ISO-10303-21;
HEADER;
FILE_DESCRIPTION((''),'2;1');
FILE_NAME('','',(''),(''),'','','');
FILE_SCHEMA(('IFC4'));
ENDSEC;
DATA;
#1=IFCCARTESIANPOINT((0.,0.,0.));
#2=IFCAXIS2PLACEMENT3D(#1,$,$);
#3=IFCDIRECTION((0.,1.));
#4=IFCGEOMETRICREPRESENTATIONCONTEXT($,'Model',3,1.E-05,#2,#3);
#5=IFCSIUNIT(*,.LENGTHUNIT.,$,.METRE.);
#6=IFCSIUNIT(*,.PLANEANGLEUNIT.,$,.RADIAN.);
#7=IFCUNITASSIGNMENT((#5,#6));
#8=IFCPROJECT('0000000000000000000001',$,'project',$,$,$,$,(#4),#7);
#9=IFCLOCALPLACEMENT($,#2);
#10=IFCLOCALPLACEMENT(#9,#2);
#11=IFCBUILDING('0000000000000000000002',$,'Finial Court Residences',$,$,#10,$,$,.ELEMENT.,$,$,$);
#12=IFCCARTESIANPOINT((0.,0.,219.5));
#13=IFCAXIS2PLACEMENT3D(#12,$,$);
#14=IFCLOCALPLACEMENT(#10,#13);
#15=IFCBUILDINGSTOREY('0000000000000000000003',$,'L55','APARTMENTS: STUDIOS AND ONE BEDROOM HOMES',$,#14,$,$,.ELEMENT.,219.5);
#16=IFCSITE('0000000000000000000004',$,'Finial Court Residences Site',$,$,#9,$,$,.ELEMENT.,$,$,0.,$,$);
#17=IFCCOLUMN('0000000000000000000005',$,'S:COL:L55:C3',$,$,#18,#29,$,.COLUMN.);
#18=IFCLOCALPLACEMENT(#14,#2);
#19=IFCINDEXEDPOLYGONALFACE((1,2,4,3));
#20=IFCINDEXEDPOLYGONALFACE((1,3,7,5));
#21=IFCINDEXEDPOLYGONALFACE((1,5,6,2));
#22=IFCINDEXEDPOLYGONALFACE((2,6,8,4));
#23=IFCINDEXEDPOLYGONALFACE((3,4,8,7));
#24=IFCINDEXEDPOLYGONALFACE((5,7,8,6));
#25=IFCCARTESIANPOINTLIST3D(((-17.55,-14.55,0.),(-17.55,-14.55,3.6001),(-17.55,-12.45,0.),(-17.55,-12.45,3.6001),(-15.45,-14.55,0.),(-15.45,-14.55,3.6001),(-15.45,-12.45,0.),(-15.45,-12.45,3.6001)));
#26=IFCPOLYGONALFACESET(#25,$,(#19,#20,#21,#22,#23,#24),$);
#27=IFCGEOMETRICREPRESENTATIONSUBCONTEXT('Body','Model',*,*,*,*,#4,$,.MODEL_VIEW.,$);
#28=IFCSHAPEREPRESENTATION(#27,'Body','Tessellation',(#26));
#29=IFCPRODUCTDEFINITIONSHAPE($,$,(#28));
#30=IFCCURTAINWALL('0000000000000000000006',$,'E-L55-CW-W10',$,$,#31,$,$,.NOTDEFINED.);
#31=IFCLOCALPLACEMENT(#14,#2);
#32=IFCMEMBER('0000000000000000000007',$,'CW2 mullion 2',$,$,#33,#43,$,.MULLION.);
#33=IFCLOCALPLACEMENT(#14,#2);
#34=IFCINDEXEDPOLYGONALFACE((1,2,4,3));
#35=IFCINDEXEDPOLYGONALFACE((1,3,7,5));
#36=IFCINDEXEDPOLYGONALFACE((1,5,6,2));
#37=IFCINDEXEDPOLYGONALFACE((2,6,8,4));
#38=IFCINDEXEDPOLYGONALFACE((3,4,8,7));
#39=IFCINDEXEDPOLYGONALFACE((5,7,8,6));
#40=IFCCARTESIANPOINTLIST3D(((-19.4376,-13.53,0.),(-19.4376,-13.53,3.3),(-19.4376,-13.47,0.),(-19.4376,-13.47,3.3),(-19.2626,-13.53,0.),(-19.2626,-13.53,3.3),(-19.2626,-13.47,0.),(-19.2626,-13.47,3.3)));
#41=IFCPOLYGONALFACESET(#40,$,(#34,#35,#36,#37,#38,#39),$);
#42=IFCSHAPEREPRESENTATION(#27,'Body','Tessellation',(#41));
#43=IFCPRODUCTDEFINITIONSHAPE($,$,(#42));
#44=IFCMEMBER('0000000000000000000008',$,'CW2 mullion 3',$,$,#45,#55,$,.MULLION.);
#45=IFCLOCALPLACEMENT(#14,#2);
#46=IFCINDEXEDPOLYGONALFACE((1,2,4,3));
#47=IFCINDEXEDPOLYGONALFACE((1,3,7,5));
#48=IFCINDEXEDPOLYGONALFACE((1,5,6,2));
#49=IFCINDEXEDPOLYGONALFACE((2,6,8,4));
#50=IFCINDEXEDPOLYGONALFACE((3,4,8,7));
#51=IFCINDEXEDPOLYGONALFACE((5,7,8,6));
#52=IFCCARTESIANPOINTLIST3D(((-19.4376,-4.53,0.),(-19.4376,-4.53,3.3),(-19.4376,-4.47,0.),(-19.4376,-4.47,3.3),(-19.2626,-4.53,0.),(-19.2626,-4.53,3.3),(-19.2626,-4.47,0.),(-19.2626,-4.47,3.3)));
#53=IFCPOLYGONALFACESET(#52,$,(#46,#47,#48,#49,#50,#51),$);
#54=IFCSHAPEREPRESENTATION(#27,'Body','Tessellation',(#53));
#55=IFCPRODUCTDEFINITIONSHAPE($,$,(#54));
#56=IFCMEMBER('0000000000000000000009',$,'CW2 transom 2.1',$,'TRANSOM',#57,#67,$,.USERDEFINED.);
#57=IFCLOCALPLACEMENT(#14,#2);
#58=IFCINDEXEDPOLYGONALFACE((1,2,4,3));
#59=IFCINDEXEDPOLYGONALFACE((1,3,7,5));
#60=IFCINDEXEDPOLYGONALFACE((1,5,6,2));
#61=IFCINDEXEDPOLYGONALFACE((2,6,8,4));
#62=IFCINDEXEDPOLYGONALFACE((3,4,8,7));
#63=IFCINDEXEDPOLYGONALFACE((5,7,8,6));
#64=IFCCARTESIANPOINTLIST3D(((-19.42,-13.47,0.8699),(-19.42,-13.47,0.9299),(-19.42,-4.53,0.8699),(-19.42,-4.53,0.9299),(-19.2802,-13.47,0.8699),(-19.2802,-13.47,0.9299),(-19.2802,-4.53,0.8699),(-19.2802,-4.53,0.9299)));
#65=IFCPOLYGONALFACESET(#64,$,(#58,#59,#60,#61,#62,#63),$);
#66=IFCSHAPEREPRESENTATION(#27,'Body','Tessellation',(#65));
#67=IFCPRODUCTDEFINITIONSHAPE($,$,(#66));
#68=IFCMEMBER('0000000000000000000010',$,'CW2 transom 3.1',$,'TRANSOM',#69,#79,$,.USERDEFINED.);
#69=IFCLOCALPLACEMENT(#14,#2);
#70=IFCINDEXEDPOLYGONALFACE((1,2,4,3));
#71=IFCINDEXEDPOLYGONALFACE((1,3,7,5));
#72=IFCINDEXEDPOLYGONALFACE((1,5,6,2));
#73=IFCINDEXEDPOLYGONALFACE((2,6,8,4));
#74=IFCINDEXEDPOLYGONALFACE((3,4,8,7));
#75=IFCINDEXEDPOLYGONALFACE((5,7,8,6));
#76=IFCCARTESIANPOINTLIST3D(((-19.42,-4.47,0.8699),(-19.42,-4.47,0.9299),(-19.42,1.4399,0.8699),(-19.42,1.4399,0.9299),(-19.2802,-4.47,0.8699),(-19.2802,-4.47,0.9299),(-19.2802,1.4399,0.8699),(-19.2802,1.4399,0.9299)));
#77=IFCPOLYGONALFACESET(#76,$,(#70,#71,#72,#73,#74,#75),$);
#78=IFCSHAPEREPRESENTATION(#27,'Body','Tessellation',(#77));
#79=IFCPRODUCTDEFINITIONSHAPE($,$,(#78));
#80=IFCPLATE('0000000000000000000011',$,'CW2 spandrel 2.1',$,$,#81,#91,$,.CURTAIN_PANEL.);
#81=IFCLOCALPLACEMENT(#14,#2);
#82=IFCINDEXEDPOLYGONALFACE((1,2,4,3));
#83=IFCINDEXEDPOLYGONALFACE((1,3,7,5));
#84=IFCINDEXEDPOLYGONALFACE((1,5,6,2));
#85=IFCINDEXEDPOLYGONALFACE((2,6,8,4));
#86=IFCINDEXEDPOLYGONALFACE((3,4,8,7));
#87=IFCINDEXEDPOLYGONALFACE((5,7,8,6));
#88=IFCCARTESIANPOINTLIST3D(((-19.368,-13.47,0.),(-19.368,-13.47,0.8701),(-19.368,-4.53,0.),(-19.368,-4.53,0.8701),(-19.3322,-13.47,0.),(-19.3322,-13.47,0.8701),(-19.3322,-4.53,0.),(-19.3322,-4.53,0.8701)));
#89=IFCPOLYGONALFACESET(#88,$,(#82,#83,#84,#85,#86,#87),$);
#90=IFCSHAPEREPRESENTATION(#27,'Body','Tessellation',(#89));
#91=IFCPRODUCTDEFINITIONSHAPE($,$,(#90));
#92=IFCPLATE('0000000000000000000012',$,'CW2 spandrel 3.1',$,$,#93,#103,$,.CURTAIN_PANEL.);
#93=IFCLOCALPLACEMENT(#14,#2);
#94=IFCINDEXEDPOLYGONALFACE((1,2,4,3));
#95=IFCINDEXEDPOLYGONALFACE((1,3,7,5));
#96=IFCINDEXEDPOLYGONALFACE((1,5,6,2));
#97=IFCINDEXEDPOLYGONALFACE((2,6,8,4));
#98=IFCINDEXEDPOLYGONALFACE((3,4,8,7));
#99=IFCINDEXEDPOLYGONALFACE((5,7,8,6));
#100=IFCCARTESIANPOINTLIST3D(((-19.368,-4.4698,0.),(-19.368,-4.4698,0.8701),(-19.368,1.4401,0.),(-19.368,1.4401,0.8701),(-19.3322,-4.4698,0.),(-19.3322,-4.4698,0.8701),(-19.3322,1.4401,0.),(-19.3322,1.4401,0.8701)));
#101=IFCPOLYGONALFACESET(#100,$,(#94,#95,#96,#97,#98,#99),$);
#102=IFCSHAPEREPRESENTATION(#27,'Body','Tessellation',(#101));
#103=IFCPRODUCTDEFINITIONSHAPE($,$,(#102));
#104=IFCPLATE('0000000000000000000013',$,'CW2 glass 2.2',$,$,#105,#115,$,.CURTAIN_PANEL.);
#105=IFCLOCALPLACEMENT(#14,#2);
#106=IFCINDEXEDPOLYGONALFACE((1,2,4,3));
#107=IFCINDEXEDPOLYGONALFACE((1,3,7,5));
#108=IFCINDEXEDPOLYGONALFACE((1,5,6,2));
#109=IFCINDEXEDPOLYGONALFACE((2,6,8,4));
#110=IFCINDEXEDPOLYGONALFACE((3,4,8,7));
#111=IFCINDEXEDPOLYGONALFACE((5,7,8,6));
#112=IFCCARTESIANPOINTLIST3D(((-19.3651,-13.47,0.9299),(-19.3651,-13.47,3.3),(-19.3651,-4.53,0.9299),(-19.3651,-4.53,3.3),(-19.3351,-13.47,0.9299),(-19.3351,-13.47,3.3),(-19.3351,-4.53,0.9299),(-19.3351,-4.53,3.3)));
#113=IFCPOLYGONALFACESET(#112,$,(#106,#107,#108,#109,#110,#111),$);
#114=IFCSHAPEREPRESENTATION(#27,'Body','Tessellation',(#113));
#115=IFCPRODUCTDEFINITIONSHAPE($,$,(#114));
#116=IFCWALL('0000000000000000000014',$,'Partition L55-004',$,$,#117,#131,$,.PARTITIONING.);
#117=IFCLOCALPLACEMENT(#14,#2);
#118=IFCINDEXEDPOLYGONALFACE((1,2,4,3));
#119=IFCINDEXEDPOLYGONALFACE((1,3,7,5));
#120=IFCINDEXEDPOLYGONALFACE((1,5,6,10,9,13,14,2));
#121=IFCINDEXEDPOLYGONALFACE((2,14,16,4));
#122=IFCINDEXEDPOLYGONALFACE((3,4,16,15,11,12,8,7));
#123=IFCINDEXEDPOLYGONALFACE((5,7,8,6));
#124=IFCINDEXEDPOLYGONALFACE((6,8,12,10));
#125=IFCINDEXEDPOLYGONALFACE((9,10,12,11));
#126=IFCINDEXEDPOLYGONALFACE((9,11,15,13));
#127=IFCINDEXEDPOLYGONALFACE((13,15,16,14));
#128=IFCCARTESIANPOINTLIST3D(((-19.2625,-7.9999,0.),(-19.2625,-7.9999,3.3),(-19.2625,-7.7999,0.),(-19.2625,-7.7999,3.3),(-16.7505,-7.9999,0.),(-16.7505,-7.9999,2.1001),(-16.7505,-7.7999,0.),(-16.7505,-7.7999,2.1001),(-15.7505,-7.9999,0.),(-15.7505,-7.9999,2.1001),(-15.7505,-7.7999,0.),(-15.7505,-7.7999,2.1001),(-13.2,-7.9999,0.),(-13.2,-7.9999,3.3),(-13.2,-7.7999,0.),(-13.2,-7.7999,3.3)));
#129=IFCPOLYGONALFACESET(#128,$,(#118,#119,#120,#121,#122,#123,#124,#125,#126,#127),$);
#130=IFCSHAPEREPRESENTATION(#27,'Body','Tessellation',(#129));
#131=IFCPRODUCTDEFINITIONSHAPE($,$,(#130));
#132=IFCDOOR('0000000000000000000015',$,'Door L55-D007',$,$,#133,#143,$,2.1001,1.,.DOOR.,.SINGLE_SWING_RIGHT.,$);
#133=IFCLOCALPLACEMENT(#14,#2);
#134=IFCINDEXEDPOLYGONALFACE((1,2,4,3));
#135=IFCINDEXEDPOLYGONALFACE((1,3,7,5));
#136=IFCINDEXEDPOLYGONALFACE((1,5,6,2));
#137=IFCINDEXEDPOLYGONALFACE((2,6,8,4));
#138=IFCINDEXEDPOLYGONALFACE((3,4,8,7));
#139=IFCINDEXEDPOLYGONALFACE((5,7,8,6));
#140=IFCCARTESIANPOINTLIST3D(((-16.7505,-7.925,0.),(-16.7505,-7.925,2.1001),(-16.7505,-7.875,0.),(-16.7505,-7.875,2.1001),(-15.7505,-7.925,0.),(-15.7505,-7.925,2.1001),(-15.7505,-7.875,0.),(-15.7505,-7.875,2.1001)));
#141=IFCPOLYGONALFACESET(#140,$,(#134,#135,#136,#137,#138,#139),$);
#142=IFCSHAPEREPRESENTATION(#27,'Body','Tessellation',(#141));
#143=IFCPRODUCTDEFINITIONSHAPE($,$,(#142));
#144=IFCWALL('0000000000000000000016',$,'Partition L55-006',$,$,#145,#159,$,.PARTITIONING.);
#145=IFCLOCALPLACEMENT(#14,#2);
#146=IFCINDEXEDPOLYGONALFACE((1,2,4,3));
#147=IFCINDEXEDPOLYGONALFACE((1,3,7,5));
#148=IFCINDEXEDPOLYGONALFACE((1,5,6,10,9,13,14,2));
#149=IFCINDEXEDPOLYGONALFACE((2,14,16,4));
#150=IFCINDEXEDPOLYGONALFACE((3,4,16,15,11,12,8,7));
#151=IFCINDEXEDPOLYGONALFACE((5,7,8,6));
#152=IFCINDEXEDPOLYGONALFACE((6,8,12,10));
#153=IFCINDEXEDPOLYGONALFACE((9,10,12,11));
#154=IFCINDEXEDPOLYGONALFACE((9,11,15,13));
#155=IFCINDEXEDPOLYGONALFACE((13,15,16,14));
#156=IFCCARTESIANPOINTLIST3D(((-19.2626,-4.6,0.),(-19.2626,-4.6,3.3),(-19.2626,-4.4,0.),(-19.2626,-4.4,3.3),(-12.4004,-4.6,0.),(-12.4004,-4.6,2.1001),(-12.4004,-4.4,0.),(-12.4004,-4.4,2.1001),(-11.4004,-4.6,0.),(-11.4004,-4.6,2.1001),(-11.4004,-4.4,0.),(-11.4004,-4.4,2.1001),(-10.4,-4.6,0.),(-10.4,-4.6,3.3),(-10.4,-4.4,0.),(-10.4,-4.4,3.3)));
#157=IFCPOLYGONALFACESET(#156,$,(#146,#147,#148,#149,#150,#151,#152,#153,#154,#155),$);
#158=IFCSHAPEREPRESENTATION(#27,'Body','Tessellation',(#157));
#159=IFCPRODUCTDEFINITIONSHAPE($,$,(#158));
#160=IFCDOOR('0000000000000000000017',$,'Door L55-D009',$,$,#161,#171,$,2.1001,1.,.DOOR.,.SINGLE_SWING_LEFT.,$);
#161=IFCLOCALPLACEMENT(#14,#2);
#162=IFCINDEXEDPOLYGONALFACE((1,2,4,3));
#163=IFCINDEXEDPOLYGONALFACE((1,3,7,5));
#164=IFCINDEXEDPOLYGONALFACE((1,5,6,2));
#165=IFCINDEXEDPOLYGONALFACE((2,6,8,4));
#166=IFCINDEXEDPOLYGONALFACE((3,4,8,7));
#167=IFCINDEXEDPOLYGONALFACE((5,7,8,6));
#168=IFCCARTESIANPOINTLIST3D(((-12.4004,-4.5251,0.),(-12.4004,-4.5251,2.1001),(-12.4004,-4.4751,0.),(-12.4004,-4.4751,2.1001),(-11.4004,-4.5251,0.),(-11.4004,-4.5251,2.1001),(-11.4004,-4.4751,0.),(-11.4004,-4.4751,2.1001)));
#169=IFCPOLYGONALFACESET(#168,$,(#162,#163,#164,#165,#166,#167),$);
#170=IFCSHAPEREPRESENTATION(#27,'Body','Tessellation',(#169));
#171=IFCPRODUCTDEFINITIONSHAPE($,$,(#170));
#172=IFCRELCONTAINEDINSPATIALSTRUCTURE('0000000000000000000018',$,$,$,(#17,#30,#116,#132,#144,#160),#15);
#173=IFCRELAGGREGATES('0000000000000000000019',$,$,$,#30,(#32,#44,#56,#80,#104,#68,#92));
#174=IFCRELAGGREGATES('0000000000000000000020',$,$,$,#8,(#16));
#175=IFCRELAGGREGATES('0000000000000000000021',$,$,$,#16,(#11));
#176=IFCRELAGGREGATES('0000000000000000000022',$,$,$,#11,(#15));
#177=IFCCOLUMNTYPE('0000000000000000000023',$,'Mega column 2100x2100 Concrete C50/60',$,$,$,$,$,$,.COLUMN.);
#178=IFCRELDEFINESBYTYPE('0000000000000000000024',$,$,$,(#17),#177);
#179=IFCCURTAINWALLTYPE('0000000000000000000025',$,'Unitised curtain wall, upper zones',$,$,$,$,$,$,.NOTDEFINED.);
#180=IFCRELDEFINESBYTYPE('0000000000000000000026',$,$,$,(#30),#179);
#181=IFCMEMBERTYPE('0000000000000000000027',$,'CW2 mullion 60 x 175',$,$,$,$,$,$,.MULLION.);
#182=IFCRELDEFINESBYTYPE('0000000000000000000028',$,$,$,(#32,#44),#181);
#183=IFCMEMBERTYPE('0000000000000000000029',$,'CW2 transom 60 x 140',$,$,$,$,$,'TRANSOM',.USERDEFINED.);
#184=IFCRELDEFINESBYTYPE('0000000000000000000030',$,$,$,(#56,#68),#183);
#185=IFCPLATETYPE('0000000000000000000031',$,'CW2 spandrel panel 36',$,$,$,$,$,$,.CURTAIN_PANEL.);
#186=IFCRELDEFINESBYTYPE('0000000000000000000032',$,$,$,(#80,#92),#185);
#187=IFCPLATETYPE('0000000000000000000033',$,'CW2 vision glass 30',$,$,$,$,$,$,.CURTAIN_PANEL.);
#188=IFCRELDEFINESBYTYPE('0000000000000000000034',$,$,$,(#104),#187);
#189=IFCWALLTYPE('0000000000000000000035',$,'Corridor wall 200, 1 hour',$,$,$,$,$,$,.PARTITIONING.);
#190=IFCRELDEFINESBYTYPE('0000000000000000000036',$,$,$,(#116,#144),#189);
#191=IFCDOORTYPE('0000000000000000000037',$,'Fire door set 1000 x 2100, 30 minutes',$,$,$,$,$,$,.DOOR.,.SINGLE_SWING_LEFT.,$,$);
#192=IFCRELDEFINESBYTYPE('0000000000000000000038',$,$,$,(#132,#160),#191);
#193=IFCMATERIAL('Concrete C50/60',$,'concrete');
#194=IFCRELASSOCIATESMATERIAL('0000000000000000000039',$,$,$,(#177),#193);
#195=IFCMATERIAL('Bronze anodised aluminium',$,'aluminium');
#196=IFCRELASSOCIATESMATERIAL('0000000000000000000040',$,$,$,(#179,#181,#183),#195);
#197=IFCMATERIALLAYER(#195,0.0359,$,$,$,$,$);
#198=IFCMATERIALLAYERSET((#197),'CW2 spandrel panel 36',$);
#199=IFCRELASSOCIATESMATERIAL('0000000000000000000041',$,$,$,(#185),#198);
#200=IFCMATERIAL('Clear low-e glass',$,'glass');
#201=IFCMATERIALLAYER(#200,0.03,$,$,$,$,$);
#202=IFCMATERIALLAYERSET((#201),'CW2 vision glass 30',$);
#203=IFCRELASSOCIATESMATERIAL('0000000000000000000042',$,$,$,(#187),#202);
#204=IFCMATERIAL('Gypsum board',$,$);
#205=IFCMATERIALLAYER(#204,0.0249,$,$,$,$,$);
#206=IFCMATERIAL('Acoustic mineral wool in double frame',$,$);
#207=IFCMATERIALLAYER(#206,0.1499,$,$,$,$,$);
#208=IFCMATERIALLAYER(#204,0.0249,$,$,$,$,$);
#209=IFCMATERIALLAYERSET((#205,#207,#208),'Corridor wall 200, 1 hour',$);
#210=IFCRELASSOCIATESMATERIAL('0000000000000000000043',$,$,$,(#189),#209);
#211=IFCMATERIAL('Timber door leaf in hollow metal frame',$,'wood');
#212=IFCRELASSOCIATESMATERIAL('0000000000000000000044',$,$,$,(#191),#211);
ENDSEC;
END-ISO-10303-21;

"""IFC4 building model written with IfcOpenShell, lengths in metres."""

from ifc_helpers import new_model, si_unit, direction, frame, frame_2d, origin, origin_2d, place, context, subcontext, project, spatial, rectangle, extrude, material, layer, layer_set, material_profile, profile_set, type_object, element, fill, aggregate, save


model = new_model("IFC4")

# Units and contexts
model_context = context("Model", 3, precision=1e-05, world=origin(), true_north=direction((0.0, 1.0)))
body_context = subcontext(model_context, "Body", "Model", "MODEL_VIEW")
ifc_project = project(units=[si_unit("LENGTHUNIT", "METRE"), si_unit("PLANEANGLEUNIT", "RADIAN")], contexts=[model_context])

# Site, building, storey
site_placement = place(None, origin())
site = spatial("IfcSite", under=ifc_project, at=site_placement, Name="Finial Court Residences Site", CompositionType="ELEMENT", RefElevation=0.0)
building_placement = place(site_placement, origin())
building = spatial("IfcBuilding", under=site, at=building_placement, Name="Finial Court Residences", CompositionType="ELEMENT")
storey_placement = place(building_placement, frame((0.0, 0.0, 219.5)))
storey = spatial("IfcBuildingStorey", under=building, at=storey_placement, Name="L55", Description="APARTMENTS: STUDIOS AND ONE BEDROOM HOMES", CompositionType="ELEMENT", Elevation=219.5)

# Column
ifc_material_1 = material(Name="Concrete C50/60", Category="concrete")
ifc_material_profile_1 = material_profile(ifc_material_1, rectangle(XDim=2.1001, YDim=2.1001, at=origin_2d()), Name="2100x2100")
ifc_profile_set_1 = profile_set([ifc_material_profile_1], Name="Concrete C50/60")
column_type = type_object("IfcColumnType", Name="Mega column 2100x2100 Concrete C50/60", PredefinedType="COLUMN", material=ifc_profile_set_1)
column_placement = place(storey_placement, frame((-16.5, -13.5, 0.0), z_axis=(0.0, 0.0, 1.0), x_axis=(1.0, 0.0, 0.0)))
element("IfcColumn", 1, at=column_placement, inside=storey, type_object=column_type, Name="S:COL:L55:C3", PredefinedType="COLUMN", context=body_context, shape_type="SweptSolid", body=[
    extrude(rectangle(XDim=2.1001, YDim=2.1001, at=origin_2d()), origin(), (0.0, 0.0, 1.0), 3.6001),
])

# Curtain wall, members, plates
ifc_material_2 = material(Name="Bronze anodised aluminium", Category="aluminium")
curtain_wall_type = type_object("IfcCurtainWallType", Name="Unitised curtain wall, upper zones", PredefinedType="NOTDEFINED", material=ifc_material_2)
curtain_wall_placement = place(storey_placement, origin())
curtain_wall = element("IfcCurtainWall", 2, at=curtain_wall_placement, inside=storey, type_object=curtain_wall_type, Name="E-L55-CW-W10", PredefinedType="NOTDEFINED")
ifc_material_profile_2 = material_profile(ifc_material_2, rectangle(XDim=0.175, YDim=0.0601, at=origin_2d()), Name="CW2 mullion 60 x 175")
ifc_profile_set_2 = profile_set([ifc_material_profile_2], Name="Bronze anodised aluminium")
member_type_1 = type_object("IfcMemberType", Name="CW2 mullion 60 x 175", PredefinedType="MULLION", material=ifc_profile_set_2)
member_1_placement = place(storey_placement, frame((-19.3501, -13.5, 0.0), z_axis=(0.0, 0.0, 1.0), x_axis=(-1.0, 0.0, 0.0)))
member_1 = element("IfcMember", 3, at=member_1_placement, type_object=member_type_1, Name="CW2 mullion 2", PredefinedType="MULLION", context=body_context, shape_type="SweptSolid", body=[
    extrude(rectangle(XDim=0.175, YDim=0.0601, at=origin_2d()), origin(), (0.0, 0.0, 1.0), 3.3),
])
member_2_placement = place(storey_placement, frame((-19.3501, -4.5, 0.0), z_axis=(0.0, 0.0, 1.0), x_axis=(-1.0, 0.0, 0.0)))
member_2 = element("IfcMember", 4, at=member_2_placement, type_object=member_type_1, Name="CW2 mullion 3", PredefinedType="MULLION", context=body_context, shape_type="SweptSolid", body=[
    extrude(rectangle(XDim=0.175, YDim=0.0601, at=origin_2d()), origin(), (0.0, 0.0, 1.0), 3.3),
])
ifc_material_profile_3 = material_profile(ifc_material_2, rectangle(XDim=0.1399, YDim=0.0601, at=origin_2d()), Name="CW2 transom 60 x 140")
ifc_profile_set_3 = profile_set([ifc_material_profile_3], Name="Bronze anodised aluminium")
member_type_2 = type_object("IfcMemberType", Name="CW2 transom 60 x 140", ElementType="TRANSOM", PredefinedType="USERDEFINED", material=ifc_profile_set_3)
member_3_placement = place(storey_placement, frame((-19.3501, -13.47, 0.8999), z_axis=(0.0, 1.0, 0.0), x_axis=(-1.0, 0.0, 0.0)))
member_3 = element("IfcMember", 5, at=member_3_placement, type_object=member_type_2, Name="CW2 transom 2.1", ObjectType="TRANSOM", PredefinedType="USERDEFINED", context=body_context, shape_type="SweptSolid", body=[
    extrude(rectangle(XDim=0.1399, YDim=0.0601, at=origin_2d()), origin(), (0.0, 0.0, 1.0), 8.9399),
])
member_4_placement = place(storey_placement, frame((-19.3501, -4.47, 0.8999), z_axis=(0.0, 1.0, 0.0), x_axis=(-1.0, 0.0, 0.0)))
member_4 = element("IfcMember", 6, at=member_4_placement, type_object=member_type_2, Name="CW2 transom 3.1", ObjectType="TRANSOM", PredefinedType="USERDEFINED", context=body_context, shape_type="SweptSolid", body=[
    extrude(rectangle(XDim=0.1399, YDim=0.0601, at=origin_2d()), origin(), (0.0, 0.0, 1.0), 5.9099),
])
ifc_layer_1 = layer(ifc_material_2, 0.0359)
ifc_layer_set_1 = layer_set([ifc_layer_1], Name="CW2 spandrel panel 36")
plate_type_1 = type_object("IfcPlateType", Name="CW2 spandrel panel 36", PredefinedType="CURTAIN_PANEL", material=ifc_layer_set_1)
plate_1_placement = place(storey_placement, frame((-19.3501, -9.0, 0.0), z_axis=(0.0, 0.0, 1.0), x_axis=(0.0, 1.0, 0.0)))
plate_1 = element("IfcPlate", 7, at=plate_1_placement, type_object=plate_type_1, Name="CW2 spandrel 2.1", PredefinedType="CURTAIN_PANEL", context=body_context, shape_type="SweptSolid", body=[
    extrude(rectangle(XDim=8.9399, YDim=0.0359, at=origin_2d()), origin(), (0.0, 0.0, 1.0), 0.8701),
])
plate_2_placement = place(storey_placement, frame((-19.3501, -1.5149, 0.0), z_axis=(0.0, 0.0, 1.0), x_axis=(0.0, 1.0, 0.0)))
plate_2 = element("IfcPlate", 8, at=plate_2_placement, type_object=plate_type_1, Name="CW2 spandrel 3.1", PredefinedType="CURTAIN_PANEL", context=body_context, shape_type="SweptSolid", body=[
    extrude(rectangle(XDim=5.9099, YDim=0.0359, at=origin_2d()), origin(), (0.0, 0.0, 1.0), 0.8701),
])
ifc_material_3 = material(Name="Clear low-e glass", Category="glass")
ifc_layer_2 = layer(ifc_material_3, 0.03)
ifc_layer_set_2 = layer_set([ifc_layer_2], Name="CW2 vision glass 30")
plate_type_2 = type_object("IfcPlateType", Name="CW2 vision glass 30", PredefinedType="CURTAIN_PANEL", material=ifc_layer_set_2)
plate_3_placement = place(storey_placement, frame((-19.3501, -9.0, 0.9299), z_axis=(0.0, 0.0, 1.0), x_axis=(0.0, 1.0, 0.0)))
plate_3 = element("IfcPlate", 9, at=plate_3_placement, type_object=plate_type_2, Name="CW2 glass 2.2", PredefinedType="CURTAIN_PANEL", context=body_context, shape_type="SweptSolid", body=[
    extrude(rectangle(XDim=8.9399, YDim=0.03, at=origin_2d()), origin(), (0.0, 0.0, 1.0), 2.3701),
])
aggregate(curtain_wall, [member_1, member_2, member_3, plate_1, plate_3, member_4, plate_2])

# Walls, openings, doors
ifc_material_4 = material(Name="Gypsum board")
ifc_layer_3 = layer(ifc_material_4, 0.0249)
ifc_material_5 = material(Name="Acoustic mineral wool in double frame")
ifc_layer_4 = layer(ifc_material_5, 0.1499)
ifc_layer_5 = layer(ifc_material_4, 0.0249)
ifc_layer_set_3 = layer_set([ifc_layer_3, ifc_layer_4, ifc_layer_5], Name="Corridor wall 200, 1 hour")
wall_type_1 = type_object("IfcWallType", Name="Corridor wall 200, 1 hour", PredefinedType="PARTITIONING", material=ifc_layer_set_3)
wall_1_placement = place(storey_placement, frame((-19.2625, -7.8999, 0.0), z_axis=(0.0, 0.0, 1.0), x_axis=(1.0, 0.0, 0.0)))
wall_1 = element("IfcWall", 10, at=wall_1_placement, inside=storey, type_object=wall_type_1, Name="Partition L55-004", PredefinedType="PARTITIONING", context=body_context, shape_type="SweptSolid", body=[
    extrude(rectangle(XDim=6.0625, YDim=0.2, at=frame_2d((3.0312, 0.0))), origin(), (0.0, 0.0, 1.0), 3.3),
])
opening_1_placement = place(wall_1_placement, frame((2.512, 0.0, 0.0)))
opening_1 = element("IfcOpeningElement", 11, at=opening_1_placement, cuts=wall_1, PredefinedType="OPENING", context=body_context, shape_type="SweptSolid", body=[
    extrude(rectangle(XDim=1.0, YDim=2.1001, at=frame_2d((0.5, 1.05))), frame((0.0, 0.1099, 0.0), z_axis=(0.0, -1.0, 0.0), x_axis=(1.0, 0.0, 0.0)), (0.0, 0.0, 1.0), 0.22),
])
ifc_material_6 = material(Name="Timber door leaf in hollow metal frame", Category="wood")
door_type_1 = type_object("IfcDoorType", Name="Fire door set 1000 x 2100, 30 minutes", OperationType="SINGLE_SWING_LEFT", PredefinedType="DOOR", material=ifc_material_6)
door_1_placement = place(opening_1_placement, origin())
door_1 = element("IfcDoor", 12, at=door_1_placement, inside=storey, type_object=door_type_1, Name="Door L55-D007", OperationType="SINGLE_SWING_RIGHT", OverallHeight=2.1001, OverallWidth=1.0, PredefinedType="DOOR", context=body_context, shape_type="SweptSolid", body=[
    extrude(rectangle(XDim=1.0, YDim=2.1001, at=frame_2d((0.5, 1.05))), frame((0.0, 0.0249, 0.0), z_axis=(0.0, -1.0, 0.0), x_axis=(1.0, 0.0, 0.0)), (0.0, 0.0, 1.0), 0.05),
])
fill(opening_1, door_1)
wall_2_placement = place(storey_placement, frame((-19.2625, -4.5, 0.0), z_axis=(0.0, 0.0, 1.0), x_axis=(1.0, 0.0, 0.0)))
wall_2 = element("IfcWall", 13, at=wall_2_placement, inside=storey, type_object=wall_type_1, Name="Partition L55-006", PredefinedType="PARTITIONING", context=body_context, shape_type="SweptSolid", body=[
    extrude(rectangle(XDim=8.8625, YDim=0.2, at=frame_2d((4.4312, 0.0))), origin(), (0.0, 0.0, 1.0), 3.3),
])
opening_2_placement = place(wall_2_placement, frame((6.8621, 0.0, 0.0)))
opening_2 = element("IfcOpeningElement", 14, at=opening_2_placement, cuts=wall_2, PredefinedType="OPENING", context=body_context, shape_type="SweptSolid", body=[
    extrude(rectangle(XDim=1.0, YDim=2.1001, at=frame_2d((0.5, 1.05))), frame((0.0, 0.1099, 0.0), z_axis=(0.0, -1.0, 0.0), x_axis=(1.0, 0.0, 0.0)), (0.0, 0.0, 1.0), 0.22),
])
door_2_placement = place(opening_2_placement, origin())
door_2 = element("IfcDoor", 15, at=door_2_placement, inside=storey, type_object=door_type_1, Name="Door L55-D009", OperationType="SINGLE_SWING_LEFT", OverallHeight=2.1001, OverallWidth=1.0, PredefinedType="DOOR", context=body_context, shape_type="SweptSolid", body=[
    extrude(rectangle(XDim=1.0, YDim=2.1001, at=frame_2d((0.5, 1.05))), frame((0.0, 0.0249, 0.0), z_axis=(0.0, -1.0, 0.0), x_axis=(1.0, 0.0, 0.0)), (0.0, 0.0, 1.0), 0.05),
])
fill(opening_2, door_2)

save(model, "model.ifc")
